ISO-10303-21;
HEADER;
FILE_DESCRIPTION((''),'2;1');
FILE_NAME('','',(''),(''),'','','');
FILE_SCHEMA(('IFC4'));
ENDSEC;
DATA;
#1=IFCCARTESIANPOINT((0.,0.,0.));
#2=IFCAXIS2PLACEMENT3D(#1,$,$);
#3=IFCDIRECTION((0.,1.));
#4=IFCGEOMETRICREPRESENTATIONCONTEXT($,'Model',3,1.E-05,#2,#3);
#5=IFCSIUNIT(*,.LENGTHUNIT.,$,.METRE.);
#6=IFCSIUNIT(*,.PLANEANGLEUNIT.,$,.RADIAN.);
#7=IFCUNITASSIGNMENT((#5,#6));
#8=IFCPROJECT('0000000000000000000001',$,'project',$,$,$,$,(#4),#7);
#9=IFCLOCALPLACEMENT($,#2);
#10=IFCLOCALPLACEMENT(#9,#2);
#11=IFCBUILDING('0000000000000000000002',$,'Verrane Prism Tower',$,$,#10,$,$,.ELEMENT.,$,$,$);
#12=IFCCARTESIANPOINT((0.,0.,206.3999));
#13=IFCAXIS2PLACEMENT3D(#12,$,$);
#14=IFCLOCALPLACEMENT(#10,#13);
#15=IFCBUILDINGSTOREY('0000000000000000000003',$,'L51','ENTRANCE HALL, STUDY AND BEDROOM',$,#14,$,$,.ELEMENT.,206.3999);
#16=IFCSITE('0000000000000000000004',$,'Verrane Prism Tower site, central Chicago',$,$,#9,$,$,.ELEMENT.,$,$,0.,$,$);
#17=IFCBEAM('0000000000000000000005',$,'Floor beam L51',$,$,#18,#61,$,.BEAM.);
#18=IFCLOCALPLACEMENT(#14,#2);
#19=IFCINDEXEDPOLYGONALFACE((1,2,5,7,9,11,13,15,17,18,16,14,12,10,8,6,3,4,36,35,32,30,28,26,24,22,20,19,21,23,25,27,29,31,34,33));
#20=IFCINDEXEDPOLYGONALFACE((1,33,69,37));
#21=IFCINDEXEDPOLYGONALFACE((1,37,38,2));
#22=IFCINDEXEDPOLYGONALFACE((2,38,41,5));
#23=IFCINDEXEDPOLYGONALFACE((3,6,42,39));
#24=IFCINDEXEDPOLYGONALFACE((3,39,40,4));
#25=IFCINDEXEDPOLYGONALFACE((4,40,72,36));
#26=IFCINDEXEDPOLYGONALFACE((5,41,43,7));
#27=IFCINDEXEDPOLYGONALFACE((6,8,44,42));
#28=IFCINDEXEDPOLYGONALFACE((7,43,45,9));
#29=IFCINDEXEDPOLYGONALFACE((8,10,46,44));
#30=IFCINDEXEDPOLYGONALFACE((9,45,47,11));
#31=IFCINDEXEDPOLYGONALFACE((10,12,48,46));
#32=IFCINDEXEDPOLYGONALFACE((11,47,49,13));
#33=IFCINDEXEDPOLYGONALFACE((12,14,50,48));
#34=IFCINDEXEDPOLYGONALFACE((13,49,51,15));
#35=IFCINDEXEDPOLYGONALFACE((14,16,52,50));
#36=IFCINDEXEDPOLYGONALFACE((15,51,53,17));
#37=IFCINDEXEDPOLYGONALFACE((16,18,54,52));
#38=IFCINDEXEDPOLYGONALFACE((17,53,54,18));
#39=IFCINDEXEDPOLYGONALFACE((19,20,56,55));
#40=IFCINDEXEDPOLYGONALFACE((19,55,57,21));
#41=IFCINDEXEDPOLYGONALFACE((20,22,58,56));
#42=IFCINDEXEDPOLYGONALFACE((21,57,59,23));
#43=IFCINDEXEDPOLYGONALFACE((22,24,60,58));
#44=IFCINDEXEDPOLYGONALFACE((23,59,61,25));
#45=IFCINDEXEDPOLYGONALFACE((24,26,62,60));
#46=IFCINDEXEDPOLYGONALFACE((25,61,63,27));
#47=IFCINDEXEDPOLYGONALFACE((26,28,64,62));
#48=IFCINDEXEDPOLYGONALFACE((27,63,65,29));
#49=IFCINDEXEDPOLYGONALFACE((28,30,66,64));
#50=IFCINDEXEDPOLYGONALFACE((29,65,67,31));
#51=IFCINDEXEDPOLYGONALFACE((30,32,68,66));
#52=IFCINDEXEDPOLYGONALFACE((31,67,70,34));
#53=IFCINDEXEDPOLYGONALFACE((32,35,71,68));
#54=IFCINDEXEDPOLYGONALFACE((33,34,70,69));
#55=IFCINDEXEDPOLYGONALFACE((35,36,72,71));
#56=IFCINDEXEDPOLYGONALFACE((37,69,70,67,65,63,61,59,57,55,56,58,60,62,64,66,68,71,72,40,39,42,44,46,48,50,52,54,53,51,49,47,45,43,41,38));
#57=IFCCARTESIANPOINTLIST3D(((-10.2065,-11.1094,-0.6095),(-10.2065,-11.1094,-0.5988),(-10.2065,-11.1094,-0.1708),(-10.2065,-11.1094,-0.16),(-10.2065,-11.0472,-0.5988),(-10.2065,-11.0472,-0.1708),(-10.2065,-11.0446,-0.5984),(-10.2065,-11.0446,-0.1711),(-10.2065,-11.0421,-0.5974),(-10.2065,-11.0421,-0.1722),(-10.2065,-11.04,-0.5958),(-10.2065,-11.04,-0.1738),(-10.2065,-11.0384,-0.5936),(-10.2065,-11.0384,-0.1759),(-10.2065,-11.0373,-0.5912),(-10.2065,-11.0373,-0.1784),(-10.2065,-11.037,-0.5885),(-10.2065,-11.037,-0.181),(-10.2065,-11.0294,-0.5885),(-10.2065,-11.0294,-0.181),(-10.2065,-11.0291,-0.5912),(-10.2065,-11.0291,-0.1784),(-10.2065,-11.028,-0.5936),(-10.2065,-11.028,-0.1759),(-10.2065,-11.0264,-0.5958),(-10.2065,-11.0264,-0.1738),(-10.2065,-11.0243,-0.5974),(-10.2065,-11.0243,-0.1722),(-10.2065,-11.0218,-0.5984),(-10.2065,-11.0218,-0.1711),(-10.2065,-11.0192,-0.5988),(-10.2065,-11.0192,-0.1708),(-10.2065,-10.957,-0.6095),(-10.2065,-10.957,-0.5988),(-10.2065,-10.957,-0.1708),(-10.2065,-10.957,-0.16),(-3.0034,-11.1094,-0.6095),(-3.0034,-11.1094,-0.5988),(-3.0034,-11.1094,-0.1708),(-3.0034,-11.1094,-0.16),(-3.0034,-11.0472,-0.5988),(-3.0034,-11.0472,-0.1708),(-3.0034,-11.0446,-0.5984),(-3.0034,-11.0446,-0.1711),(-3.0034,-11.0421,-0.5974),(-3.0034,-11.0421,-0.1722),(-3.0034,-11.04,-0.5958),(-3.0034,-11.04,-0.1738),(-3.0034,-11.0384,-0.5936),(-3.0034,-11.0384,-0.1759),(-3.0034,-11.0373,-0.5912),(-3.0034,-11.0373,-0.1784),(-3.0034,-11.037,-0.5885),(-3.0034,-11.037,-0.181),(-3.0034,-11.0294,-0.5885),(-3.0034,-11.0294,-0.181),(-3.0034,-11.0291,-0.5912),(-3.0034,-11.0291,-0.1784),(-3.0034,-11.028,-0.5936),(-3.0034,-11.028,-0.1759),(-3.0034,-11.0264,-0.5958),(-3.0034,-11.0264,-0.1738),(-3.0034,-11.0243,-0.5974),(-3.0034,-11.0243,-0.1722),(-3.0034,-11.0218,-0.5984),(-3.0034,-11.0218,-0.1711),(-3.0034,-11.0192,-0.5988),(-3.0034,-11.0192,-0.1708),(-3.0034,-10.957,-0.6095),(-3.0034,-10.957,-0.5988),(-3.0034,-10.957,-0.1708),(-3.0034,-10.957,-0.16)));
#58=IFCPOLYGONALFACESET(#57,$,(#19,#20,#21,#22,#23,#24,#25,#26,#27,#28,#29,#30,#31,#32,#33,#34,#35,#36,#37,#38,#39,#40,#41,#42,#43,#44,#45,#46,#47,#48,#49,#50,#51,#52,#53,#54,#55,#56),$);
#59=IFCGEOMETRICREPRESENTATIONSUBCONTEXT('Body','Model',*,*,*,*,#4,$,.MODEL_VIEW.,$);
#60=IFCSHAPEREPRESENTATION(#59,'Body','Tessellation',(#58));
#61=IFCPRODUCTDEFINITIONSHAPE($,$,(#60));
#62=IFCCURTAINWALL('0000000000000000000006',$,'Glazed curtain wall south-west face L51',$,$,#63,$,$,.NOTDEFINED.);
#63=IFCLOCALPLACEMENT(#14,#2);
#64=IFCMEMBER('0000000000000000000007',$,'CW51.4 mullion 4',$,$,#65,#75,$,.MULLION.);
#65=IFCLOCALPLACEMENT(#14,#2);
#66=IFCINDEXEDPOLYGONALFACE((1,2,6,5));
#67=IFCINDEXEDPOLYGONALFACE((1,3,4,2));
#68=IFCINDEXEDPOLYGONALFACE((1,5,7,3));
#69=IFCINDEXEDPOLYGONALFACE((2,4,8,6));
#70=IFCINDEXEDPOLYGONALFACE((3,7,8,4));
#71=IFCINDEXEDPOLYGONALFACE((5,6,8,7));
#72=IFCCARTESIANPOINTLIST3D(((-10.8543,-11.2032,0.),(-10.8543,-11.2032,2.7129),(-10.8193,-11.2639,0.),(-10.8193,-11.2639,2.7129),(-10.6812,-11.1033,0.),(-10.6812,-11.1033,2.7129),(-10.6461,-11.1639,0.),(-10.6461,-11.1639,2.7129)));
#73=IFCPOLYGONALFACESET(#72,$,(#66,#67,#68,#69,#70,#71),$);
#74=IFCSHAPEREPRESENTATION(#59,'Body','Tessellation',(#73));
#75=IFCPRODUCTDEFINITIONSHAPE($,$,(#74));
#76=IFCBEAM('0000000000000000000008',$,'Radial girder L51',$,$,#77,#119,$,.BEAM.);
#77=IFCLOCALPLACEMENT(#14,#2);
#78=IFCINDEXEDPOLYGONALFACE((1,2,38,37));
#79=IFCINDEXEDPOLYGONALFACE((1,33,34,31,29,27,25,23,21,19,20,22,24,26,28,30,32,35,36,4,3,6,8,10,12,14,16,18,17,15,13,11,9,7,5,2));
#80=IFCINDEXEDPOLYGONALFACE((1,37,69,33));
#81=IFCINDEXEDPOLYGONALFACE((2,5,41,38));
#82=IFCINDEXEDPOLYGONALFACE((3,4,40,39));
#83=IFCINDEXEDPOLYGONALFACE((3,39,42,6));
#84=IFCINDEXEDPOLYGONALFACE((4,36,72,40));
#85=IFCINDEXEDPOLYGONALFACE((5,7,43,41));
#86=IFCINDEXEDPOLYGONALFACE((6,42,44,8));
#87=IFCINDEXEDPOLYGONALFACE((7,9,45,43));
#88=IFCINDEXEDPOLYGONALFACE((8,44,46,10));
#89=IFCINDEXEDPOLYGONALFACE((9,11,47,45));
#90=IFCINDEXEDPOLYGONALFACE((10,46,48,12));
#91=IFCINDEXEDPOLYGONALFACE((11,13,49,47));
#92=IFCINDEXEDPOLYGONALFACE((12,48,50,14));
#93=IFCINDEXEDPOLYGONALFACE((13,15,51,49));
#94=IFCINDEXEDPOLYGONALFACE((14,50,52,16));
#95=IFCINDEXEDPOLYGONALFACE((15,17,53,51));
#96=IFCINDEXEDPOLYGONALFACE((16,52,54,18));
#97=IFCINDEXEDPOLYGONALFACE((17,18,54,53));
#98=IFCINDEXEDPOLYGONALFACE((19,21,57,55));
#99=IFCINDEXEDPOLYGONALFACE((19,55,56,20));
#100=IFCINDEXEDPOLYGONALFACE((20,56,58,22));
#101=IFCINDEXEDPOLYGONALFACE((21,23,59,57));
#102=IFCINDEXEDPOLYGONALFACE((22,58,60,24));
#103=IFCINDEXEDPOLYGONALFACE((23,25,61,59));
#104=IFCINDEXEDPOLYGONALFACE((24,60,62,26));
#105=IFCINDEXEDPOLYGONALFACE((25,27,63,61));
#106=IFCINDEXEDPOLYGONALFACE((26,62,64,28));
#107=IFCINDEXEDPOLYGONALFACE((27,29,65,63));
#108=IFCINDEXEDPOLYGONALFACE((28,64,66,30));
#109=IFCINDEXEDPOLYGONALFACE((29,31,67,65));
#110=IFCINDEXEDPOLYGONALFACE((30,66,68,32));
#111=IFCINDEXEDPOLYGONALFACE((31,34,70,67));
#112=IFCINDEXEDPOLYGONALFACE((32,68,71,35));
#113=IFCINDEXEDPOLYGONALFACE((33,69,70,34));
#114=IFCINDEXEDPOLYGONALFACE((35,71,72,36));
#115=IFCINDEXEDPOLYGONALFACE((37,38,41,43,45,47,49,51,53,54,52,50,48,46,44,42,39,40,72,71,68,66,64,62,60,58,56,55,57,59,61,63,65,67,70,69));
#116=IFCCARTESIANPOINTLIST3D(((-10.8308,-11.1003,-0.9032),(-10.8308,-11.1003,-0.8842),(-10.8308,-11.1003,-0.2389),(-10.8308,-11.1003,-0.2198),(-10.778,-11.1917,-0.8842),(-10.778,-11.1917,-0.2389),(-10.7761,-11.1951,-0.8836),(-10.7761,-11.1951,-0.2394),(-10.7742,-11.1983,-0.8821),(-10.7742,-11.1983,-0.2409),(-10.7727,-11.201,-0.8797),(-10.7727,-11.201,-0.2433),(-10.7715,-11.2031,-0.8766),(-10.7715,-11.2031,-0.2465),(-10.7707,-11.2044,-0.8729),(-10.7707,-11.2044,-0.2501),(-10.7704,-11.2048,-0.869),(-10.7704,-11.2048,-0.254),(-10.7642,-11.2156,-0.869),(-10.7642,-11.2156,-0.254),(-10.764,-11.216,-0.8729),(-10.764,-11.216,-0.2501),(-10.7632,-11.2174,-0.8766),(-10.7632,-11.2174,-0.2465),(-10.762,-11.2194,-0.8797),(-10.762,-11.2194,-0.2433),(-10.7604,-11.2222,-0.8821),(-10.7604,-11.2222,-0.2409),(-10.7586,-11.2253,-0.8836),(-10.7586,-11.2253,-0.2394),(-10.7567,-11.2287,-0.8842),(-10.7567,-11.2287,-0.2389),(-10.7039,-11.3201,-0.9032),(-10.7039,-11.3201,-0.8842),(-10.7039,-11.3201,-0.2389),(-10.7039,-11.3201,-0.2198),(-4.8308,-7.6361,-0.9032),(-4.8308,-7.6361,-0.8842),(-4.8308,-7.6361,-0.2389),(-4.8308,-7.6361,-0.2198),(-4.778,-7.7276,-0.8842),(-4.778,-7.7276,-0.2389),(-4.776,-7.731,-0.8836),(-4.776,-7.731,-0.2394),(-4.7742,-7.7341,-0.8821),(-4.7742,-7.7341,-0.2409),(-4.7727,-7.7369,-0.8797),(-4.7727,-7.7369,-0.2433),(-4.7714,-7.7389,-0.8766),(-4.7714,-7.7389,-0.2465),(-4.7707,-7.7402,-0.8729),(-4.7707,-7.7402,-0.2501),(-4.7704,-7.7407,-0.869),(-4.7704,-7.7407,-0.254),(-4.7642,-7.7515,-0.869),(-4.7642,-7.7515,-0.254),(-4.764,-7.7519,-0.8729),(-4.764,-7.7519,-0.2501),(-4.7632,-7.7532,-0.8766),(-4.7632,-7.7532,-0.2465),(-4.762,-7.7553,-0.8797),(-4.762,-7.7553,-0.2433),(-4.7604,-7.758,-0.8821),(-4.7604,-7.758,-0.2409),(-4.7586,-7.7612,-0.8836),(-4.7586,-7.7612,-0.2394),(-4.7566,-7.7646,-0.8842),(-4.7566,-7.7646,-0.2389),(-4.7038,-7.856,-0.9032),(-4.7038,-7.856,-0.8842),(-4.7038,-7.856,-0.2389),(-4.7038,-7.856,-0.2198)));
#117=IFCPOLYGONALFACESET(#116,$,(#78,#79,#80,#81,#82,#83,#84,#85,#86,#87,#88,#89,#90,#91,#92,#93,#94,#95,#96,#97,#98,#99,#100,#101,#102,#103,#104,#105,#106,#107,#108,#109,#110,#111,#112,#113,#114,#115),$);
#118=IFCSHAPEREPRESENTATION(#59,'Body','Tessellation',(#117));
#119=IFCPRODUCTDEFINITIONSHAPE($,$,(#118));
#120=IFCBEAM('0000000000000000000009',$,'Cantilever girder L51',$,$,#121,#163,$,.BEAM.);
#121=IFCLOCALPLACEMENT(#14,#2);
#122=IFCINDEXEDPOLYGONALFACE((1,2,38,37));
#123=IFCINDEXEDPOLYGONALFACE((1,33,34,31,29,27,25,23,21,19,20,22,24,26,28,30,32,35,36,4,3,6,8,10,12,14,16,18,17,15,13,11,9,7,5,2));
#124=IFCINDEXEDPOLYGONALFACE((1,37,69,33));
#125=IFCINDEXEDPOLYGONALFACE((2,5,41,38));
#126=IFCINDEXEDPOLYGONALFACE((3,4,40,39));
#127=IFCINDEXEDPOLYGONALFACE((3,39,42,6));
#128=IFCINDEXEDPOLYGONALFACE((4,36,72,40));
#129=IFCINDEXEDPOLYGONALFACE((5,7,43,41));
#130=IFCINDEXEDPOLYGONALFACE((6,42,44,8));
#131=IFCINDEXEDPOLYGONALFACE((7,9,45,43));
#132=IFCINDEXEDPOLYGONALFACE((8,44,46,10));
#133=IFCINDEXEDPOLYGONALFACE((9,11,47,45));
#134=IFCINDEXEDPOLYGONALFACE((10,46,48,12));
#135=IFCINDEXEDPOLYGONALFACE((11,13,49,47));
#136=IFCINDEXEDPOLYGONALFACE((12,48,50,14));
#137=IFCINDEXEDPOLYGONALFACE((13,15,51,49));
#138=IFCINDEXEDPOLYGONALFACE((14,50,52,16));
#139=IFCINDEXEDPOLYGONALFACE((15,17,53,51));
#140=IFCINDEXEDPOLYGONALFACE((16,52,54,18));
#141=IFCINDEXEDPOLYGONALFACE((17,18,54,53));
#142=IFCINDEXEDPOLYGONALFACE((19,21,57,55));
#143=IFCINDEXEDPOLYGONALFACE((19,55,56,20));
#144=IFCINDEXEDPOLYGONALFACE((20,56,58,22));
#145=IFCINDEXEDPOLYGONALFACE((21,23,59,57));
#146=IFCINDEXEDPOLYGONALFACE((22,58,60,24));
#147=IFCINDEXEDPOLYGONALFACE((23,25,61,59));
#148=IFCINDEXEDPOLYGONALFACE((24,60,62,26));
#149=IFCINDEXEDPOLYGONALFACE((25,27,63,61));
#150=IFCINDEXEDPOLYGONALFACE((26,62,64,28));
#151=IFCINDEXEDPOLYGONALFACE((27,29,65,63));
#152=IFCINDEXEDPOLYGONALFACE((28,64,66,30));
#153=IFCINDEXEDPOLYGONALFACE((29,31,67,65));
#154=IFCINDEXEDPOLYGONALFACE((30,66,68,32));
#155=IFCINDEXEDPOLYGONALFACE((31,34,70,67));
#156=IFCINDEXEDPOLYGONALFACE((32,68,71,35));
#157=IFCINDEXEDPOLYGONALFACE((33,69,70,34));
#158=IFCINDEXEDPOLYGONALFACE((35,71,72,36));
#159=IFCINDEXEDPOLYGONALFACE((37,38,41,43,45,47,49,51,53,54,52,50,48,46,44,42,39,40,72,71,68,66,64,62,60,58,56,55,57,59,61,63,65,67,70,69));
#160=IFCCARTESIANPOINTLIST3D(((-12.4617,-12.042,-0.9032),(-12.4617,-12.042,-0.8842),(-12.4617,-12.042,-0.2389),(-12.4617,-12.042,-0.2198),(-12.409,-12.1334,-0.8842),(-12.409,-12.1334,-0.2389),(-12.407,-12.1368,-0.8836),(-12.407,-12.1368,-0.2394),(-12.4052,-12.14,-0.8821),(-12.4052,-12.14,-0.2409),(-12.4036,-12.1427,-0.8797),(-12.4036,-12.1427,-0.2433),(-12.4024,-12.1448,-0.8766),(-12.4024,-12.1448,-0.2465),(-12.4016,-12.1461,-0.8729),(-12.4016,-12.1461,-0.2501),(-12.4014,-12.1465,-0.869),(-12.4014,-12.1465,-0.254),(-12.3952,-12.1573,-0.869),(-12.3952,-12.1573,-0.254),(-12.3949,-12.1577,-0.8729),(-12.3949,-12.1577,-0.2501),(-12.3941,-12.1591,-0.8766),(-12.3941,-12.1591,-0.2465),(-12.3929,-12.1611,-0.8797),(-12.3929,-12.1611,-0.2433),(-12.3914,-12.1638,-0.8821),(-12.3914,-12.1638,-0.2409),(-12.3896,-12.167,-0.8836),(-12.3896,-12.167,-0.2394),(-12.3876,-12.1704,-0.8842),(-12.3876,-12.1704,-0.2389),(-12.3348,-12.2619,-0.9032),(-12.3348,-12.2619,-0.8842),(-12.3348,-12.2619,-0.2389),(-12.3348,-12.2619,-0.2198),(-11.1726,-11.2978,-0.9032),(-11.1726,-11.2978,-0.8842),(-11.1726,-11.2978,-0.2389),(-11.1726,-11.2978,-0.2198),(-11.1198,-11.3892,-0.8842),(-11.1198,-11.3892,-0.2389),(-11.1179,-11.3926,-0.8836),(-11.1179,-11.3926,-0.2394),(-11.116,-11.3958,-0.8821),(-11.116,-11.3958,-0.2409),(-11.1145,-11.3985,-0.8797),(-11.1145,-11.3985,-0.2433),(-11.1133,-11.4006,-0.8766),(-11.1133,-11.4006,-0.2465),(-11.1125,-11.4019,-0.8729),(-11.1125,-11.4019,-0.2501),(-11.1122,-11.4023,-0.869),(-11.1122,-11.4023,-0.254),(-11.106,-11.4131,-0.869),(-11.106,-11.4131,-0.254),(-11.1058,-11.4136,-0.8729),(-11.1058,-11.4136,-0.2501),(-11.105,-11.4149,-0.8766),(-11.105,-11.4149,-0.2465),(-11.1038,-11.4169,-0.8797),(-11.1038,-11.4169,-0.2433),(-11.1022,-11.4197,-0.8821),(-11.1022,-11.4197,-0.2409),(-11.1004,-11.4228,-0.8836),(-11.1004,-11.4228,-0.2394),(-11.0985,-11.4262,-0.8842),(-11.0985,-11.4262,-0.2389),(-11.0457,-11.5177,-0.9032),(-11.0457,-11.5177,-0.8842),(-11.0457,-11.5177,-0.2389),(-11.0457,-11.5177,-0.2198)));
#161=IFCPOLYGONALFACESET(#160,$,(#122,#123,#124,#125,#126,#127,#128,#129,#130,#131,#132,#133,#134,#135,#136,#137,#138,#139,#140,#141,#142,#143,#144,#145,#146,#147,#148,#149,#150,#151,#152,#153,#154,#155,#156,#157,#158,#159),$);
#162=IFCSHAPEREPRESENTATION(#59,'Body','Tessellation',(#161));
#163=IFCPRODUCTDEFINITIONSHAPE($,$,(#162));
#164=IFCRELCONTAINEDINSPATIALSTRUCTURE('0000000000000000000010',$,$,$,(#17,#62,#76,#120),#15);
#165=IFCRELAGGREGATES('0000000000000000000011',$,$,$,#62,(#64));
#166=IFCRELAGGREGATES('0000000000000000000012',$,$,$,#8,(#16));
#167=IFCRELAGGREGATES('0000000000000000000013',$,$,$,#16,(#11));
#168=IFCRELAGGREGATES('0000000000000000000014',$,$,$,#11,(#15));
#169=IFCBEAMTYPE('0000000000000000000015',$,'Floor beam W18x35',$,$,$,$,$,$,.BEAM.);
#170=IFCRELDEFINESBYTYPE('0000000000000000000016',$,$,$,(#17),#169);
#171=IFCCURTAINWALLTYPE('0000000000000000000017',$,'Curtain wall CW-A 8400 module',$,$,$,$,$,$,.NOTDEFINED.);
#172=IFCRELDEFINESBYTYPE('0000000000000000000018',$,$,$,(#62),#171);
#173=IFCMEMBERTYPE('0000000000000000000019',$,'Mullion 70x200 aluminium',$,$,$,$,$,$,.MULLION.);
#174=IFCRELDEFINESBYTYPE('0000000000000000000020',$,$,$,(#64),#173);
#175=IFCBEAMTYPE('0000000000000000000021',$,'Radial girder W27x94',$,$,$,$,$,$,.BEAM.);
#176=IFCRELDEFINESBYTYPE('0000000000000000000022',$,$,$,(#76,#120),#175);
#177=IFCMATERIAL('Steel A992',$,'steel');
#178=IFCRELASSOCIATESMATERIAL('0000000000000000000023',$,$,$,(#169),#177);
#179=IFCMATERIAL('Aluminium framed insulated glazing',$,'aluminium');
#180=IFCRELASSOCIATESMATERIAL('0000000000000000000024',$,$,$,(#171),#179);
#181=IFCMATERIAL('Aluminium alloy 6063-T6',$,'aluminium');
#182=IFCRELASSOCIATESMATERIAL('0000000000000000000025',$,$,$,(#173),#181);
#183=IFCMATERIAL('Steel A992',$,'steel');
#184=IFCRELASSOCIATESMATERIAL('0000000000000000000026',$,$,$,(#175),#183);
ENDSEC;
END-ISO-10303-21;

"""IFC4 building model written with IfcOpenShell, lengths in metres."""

from ifc_helpers import new_model, si_unit, direction, frame, origin, origin_2d, place, context, subcontext, project, spatial, rectangle, i_section, extrude, material, material_profile, profile_set, type_object, element, aggregate, save


model = new_model("IFC4")

# Units and contexts
model_context = context("Model", 3, precision=1e-05, world=origin(), true_north=direction((0.0, 1.0)))
body_context = subcontext(model_context, "Body", "Model", "MODEL_VIEW")
ifc_project = project(units=[si_unit("LENGTHUNIT", "METRE"), si_unit("PLANEANGLEUNIT", "RADIAN")], contexts=[model_context])

# Site, building, storey
site_placement = place(None, origin())
site = spatial("IfcSite", under=ifc_project, at=site_placement, Name="Verrane Prism Tower site, central Chicago", CompositionType="ELEMENT", RefElevation=0.0)
building_placement = place(site_placement, origin())
building = spatial("IfcBuilding", under=site, at=building_placement, Name="Verrane Prism Tower", CompositionType="ELEMENT")
storey_placement = place(building_placement, frame((0.0, 0.0, 206.3999)))
storey = spatial("IfcBuildingStorey", under=building, at=storey_placement, Name="L51", Description="ENTRANCE HALL, STUDY AND BEDROOM", CompositionType="ELEMENT", Elevation=206.3999)

# Beam
ifc_material_1 = material(Name="Steel A992", Category="steel")
ifc_material_profile_1 = material_profile(ifc_material_1, i_section(OverallWidth=0.1523, OverallDepth=0.4495, WebThickness=0.0076, FlangeThickness=0.0107, FilletRadius=0.0103, at=origin_2d()), Name="W18x35")
ifc_profile_set_1 = profile_set([ifc_material_profile_1], Name="Steel A992")
beam_type_1 = type_object("IfcBeamType", Name="Floor beam W18x35", PredefinedType="BEAM", material=ifc_profile_set_1)
beam_1_placement = place(storey_placement, frame((-10.2065, -11.0332, -0.3848), z_axis=(1.0, 0.0, 0.0), x_axis=(0.0, 1.0, 0.0)))
element("IfcBeam", 1, at=beam_1_placement, inside=storey, type_object=beam_type_1, Name="Floor beam L51", PredefinedType="BEAM", context=body_context, shape_type="SweptSolid", body=[
    extrude(i_section(OverallWidth=0.1523, OverallDepth=0.4495, WebThickness=0.0076, FlangeThickness=0.0107, FilletRadius=0.0103, at=origin_2d()), origin(), (0.0, 0.0, 1.0), 7.2031),
])

# Curtain wall, member
ifc_material_2 = material(Name="Aluminium framed insulated glazing", Category="aluminium")
curtain_wall_type = type_object("IfcCurtainWallType", Name="Curtain wall CW-A 8400 module", PredefinedType="NOTDEFINED", material=ifc_material_2)
curtain_wall_placement = place(storey_placement, origin())
curtain_wall = element("IfcCurtainWall", 2, at=curtain_wall_placement, inside=storey, type_object=curtain_wall_type, Name="Glazed curtain wall south-west face L51", PredefinedType="NOTDEFINED")
ifc_material_3 = material(Name="Aluminium alloy 6063-T6", Category="aluminium")
ifc_material_profile_2 = material_profile(ifc_material_3, rectangle(XDim=0.2, YDim=0.0701, at=origin_2d()), Name="Mullion 70x200 aluminium")
ifc_profile_set_2 = profile_set([ifc_material_profile_2], Name="Aluminium alloy 6063-T6")
member_type_1 = type_object("IfcMemberType", Name="Mullion 70x200 aluminium", PredefinedType="MULLION", material=ifc_profile_set_2)
member_1_placement = place(storey_placement, frame((-10.7502, -11.1836, 0.0), z_axis=(0.0, 0.0, 1.0), x_axis=(0.866026, 0.499999, 0.0)))
member_1 = element("IfcMember", 3, at=member_1_placement, type_object=member_type_1, Name="CW51.4 mullion 4", PredefinedType="MULLION", context=body_context, shape_type="SweptSolid", body=[
    extrude(rectangle(XDim=0.2, YDim=0.0701, at=origin_2d()), origin(), (0.0, 0.0, 1.0), 2.7129),
])

# Beams
ifc_material_4 = material(Name="Steel A992", Category="steel")
ifc_material_profile_3 = material_profile(ifc_material_4, i_section(OverallWidth=0.2539, OverallDepth=0.6833, WebThickness=0.0125, FlangeThickness=0.019, FilletRadius=0.0151, at=origin_2d()), Name="W27x94")
ifc_profile_set_3 = profile_set([ifc_material_profile_3], Name="Steel A992")
beam_type_2 = type_object("IfcBeamType", Name="Radial girder W27x94", PredefinedType="BEAM", material=ifc_profile_set_3)
beam_2_placement = place(storey_placement, frame((-10.7673, -11.2102, -0.5615), z_axis=(0.866025, 0.500001, 0.0), x_axis=(-0.500001, 0.866025, 0.0)))
element("IfcBeam", 4, at=beam_2_placement, inside=storey, type_object=beam_type_2, Name="Radial girder L51", PredefinedType="BEAM", context=body_context, shape_type="SweptSolid", body=[
    extrude(i_section(OverallWidth=0.2539, OverallDepth=0.6833, WebThickness=0.0125, FlangeThickness=0.019, FilletRadius=0.0151, at=origin_2d()), origin(), (0.0, 0.0, 1.0), 6.9282),
])
beam_3_placement = place(storey_placement, frame((-11.1091, -11.4077, -0.5615), z_axis=(-0.866054, -0.49995, 0.0), x_axis=(0.49995, -0.866054, 0.0)))
element("IfcBeam", 5, at=beam_3_placement, inside=storey, type_object=beam_type_2, Name="Cantilever girder L51", PredefinedType="BEAM", context=body_context, shape_type="SweptSolid", body=[
    extrude(i_section(OverallWidth=0.2539, OverallDepth=0.6833, WebThickness=0.0125, FlangeThickness=0.019, FilletRadius=0.0151, at=origin_2d()), origin(), (0.0, 0.0, 1.0), 1.4885),
])

aggregate(curtain_wall, [member_1])

save(model, "model.ifc")
